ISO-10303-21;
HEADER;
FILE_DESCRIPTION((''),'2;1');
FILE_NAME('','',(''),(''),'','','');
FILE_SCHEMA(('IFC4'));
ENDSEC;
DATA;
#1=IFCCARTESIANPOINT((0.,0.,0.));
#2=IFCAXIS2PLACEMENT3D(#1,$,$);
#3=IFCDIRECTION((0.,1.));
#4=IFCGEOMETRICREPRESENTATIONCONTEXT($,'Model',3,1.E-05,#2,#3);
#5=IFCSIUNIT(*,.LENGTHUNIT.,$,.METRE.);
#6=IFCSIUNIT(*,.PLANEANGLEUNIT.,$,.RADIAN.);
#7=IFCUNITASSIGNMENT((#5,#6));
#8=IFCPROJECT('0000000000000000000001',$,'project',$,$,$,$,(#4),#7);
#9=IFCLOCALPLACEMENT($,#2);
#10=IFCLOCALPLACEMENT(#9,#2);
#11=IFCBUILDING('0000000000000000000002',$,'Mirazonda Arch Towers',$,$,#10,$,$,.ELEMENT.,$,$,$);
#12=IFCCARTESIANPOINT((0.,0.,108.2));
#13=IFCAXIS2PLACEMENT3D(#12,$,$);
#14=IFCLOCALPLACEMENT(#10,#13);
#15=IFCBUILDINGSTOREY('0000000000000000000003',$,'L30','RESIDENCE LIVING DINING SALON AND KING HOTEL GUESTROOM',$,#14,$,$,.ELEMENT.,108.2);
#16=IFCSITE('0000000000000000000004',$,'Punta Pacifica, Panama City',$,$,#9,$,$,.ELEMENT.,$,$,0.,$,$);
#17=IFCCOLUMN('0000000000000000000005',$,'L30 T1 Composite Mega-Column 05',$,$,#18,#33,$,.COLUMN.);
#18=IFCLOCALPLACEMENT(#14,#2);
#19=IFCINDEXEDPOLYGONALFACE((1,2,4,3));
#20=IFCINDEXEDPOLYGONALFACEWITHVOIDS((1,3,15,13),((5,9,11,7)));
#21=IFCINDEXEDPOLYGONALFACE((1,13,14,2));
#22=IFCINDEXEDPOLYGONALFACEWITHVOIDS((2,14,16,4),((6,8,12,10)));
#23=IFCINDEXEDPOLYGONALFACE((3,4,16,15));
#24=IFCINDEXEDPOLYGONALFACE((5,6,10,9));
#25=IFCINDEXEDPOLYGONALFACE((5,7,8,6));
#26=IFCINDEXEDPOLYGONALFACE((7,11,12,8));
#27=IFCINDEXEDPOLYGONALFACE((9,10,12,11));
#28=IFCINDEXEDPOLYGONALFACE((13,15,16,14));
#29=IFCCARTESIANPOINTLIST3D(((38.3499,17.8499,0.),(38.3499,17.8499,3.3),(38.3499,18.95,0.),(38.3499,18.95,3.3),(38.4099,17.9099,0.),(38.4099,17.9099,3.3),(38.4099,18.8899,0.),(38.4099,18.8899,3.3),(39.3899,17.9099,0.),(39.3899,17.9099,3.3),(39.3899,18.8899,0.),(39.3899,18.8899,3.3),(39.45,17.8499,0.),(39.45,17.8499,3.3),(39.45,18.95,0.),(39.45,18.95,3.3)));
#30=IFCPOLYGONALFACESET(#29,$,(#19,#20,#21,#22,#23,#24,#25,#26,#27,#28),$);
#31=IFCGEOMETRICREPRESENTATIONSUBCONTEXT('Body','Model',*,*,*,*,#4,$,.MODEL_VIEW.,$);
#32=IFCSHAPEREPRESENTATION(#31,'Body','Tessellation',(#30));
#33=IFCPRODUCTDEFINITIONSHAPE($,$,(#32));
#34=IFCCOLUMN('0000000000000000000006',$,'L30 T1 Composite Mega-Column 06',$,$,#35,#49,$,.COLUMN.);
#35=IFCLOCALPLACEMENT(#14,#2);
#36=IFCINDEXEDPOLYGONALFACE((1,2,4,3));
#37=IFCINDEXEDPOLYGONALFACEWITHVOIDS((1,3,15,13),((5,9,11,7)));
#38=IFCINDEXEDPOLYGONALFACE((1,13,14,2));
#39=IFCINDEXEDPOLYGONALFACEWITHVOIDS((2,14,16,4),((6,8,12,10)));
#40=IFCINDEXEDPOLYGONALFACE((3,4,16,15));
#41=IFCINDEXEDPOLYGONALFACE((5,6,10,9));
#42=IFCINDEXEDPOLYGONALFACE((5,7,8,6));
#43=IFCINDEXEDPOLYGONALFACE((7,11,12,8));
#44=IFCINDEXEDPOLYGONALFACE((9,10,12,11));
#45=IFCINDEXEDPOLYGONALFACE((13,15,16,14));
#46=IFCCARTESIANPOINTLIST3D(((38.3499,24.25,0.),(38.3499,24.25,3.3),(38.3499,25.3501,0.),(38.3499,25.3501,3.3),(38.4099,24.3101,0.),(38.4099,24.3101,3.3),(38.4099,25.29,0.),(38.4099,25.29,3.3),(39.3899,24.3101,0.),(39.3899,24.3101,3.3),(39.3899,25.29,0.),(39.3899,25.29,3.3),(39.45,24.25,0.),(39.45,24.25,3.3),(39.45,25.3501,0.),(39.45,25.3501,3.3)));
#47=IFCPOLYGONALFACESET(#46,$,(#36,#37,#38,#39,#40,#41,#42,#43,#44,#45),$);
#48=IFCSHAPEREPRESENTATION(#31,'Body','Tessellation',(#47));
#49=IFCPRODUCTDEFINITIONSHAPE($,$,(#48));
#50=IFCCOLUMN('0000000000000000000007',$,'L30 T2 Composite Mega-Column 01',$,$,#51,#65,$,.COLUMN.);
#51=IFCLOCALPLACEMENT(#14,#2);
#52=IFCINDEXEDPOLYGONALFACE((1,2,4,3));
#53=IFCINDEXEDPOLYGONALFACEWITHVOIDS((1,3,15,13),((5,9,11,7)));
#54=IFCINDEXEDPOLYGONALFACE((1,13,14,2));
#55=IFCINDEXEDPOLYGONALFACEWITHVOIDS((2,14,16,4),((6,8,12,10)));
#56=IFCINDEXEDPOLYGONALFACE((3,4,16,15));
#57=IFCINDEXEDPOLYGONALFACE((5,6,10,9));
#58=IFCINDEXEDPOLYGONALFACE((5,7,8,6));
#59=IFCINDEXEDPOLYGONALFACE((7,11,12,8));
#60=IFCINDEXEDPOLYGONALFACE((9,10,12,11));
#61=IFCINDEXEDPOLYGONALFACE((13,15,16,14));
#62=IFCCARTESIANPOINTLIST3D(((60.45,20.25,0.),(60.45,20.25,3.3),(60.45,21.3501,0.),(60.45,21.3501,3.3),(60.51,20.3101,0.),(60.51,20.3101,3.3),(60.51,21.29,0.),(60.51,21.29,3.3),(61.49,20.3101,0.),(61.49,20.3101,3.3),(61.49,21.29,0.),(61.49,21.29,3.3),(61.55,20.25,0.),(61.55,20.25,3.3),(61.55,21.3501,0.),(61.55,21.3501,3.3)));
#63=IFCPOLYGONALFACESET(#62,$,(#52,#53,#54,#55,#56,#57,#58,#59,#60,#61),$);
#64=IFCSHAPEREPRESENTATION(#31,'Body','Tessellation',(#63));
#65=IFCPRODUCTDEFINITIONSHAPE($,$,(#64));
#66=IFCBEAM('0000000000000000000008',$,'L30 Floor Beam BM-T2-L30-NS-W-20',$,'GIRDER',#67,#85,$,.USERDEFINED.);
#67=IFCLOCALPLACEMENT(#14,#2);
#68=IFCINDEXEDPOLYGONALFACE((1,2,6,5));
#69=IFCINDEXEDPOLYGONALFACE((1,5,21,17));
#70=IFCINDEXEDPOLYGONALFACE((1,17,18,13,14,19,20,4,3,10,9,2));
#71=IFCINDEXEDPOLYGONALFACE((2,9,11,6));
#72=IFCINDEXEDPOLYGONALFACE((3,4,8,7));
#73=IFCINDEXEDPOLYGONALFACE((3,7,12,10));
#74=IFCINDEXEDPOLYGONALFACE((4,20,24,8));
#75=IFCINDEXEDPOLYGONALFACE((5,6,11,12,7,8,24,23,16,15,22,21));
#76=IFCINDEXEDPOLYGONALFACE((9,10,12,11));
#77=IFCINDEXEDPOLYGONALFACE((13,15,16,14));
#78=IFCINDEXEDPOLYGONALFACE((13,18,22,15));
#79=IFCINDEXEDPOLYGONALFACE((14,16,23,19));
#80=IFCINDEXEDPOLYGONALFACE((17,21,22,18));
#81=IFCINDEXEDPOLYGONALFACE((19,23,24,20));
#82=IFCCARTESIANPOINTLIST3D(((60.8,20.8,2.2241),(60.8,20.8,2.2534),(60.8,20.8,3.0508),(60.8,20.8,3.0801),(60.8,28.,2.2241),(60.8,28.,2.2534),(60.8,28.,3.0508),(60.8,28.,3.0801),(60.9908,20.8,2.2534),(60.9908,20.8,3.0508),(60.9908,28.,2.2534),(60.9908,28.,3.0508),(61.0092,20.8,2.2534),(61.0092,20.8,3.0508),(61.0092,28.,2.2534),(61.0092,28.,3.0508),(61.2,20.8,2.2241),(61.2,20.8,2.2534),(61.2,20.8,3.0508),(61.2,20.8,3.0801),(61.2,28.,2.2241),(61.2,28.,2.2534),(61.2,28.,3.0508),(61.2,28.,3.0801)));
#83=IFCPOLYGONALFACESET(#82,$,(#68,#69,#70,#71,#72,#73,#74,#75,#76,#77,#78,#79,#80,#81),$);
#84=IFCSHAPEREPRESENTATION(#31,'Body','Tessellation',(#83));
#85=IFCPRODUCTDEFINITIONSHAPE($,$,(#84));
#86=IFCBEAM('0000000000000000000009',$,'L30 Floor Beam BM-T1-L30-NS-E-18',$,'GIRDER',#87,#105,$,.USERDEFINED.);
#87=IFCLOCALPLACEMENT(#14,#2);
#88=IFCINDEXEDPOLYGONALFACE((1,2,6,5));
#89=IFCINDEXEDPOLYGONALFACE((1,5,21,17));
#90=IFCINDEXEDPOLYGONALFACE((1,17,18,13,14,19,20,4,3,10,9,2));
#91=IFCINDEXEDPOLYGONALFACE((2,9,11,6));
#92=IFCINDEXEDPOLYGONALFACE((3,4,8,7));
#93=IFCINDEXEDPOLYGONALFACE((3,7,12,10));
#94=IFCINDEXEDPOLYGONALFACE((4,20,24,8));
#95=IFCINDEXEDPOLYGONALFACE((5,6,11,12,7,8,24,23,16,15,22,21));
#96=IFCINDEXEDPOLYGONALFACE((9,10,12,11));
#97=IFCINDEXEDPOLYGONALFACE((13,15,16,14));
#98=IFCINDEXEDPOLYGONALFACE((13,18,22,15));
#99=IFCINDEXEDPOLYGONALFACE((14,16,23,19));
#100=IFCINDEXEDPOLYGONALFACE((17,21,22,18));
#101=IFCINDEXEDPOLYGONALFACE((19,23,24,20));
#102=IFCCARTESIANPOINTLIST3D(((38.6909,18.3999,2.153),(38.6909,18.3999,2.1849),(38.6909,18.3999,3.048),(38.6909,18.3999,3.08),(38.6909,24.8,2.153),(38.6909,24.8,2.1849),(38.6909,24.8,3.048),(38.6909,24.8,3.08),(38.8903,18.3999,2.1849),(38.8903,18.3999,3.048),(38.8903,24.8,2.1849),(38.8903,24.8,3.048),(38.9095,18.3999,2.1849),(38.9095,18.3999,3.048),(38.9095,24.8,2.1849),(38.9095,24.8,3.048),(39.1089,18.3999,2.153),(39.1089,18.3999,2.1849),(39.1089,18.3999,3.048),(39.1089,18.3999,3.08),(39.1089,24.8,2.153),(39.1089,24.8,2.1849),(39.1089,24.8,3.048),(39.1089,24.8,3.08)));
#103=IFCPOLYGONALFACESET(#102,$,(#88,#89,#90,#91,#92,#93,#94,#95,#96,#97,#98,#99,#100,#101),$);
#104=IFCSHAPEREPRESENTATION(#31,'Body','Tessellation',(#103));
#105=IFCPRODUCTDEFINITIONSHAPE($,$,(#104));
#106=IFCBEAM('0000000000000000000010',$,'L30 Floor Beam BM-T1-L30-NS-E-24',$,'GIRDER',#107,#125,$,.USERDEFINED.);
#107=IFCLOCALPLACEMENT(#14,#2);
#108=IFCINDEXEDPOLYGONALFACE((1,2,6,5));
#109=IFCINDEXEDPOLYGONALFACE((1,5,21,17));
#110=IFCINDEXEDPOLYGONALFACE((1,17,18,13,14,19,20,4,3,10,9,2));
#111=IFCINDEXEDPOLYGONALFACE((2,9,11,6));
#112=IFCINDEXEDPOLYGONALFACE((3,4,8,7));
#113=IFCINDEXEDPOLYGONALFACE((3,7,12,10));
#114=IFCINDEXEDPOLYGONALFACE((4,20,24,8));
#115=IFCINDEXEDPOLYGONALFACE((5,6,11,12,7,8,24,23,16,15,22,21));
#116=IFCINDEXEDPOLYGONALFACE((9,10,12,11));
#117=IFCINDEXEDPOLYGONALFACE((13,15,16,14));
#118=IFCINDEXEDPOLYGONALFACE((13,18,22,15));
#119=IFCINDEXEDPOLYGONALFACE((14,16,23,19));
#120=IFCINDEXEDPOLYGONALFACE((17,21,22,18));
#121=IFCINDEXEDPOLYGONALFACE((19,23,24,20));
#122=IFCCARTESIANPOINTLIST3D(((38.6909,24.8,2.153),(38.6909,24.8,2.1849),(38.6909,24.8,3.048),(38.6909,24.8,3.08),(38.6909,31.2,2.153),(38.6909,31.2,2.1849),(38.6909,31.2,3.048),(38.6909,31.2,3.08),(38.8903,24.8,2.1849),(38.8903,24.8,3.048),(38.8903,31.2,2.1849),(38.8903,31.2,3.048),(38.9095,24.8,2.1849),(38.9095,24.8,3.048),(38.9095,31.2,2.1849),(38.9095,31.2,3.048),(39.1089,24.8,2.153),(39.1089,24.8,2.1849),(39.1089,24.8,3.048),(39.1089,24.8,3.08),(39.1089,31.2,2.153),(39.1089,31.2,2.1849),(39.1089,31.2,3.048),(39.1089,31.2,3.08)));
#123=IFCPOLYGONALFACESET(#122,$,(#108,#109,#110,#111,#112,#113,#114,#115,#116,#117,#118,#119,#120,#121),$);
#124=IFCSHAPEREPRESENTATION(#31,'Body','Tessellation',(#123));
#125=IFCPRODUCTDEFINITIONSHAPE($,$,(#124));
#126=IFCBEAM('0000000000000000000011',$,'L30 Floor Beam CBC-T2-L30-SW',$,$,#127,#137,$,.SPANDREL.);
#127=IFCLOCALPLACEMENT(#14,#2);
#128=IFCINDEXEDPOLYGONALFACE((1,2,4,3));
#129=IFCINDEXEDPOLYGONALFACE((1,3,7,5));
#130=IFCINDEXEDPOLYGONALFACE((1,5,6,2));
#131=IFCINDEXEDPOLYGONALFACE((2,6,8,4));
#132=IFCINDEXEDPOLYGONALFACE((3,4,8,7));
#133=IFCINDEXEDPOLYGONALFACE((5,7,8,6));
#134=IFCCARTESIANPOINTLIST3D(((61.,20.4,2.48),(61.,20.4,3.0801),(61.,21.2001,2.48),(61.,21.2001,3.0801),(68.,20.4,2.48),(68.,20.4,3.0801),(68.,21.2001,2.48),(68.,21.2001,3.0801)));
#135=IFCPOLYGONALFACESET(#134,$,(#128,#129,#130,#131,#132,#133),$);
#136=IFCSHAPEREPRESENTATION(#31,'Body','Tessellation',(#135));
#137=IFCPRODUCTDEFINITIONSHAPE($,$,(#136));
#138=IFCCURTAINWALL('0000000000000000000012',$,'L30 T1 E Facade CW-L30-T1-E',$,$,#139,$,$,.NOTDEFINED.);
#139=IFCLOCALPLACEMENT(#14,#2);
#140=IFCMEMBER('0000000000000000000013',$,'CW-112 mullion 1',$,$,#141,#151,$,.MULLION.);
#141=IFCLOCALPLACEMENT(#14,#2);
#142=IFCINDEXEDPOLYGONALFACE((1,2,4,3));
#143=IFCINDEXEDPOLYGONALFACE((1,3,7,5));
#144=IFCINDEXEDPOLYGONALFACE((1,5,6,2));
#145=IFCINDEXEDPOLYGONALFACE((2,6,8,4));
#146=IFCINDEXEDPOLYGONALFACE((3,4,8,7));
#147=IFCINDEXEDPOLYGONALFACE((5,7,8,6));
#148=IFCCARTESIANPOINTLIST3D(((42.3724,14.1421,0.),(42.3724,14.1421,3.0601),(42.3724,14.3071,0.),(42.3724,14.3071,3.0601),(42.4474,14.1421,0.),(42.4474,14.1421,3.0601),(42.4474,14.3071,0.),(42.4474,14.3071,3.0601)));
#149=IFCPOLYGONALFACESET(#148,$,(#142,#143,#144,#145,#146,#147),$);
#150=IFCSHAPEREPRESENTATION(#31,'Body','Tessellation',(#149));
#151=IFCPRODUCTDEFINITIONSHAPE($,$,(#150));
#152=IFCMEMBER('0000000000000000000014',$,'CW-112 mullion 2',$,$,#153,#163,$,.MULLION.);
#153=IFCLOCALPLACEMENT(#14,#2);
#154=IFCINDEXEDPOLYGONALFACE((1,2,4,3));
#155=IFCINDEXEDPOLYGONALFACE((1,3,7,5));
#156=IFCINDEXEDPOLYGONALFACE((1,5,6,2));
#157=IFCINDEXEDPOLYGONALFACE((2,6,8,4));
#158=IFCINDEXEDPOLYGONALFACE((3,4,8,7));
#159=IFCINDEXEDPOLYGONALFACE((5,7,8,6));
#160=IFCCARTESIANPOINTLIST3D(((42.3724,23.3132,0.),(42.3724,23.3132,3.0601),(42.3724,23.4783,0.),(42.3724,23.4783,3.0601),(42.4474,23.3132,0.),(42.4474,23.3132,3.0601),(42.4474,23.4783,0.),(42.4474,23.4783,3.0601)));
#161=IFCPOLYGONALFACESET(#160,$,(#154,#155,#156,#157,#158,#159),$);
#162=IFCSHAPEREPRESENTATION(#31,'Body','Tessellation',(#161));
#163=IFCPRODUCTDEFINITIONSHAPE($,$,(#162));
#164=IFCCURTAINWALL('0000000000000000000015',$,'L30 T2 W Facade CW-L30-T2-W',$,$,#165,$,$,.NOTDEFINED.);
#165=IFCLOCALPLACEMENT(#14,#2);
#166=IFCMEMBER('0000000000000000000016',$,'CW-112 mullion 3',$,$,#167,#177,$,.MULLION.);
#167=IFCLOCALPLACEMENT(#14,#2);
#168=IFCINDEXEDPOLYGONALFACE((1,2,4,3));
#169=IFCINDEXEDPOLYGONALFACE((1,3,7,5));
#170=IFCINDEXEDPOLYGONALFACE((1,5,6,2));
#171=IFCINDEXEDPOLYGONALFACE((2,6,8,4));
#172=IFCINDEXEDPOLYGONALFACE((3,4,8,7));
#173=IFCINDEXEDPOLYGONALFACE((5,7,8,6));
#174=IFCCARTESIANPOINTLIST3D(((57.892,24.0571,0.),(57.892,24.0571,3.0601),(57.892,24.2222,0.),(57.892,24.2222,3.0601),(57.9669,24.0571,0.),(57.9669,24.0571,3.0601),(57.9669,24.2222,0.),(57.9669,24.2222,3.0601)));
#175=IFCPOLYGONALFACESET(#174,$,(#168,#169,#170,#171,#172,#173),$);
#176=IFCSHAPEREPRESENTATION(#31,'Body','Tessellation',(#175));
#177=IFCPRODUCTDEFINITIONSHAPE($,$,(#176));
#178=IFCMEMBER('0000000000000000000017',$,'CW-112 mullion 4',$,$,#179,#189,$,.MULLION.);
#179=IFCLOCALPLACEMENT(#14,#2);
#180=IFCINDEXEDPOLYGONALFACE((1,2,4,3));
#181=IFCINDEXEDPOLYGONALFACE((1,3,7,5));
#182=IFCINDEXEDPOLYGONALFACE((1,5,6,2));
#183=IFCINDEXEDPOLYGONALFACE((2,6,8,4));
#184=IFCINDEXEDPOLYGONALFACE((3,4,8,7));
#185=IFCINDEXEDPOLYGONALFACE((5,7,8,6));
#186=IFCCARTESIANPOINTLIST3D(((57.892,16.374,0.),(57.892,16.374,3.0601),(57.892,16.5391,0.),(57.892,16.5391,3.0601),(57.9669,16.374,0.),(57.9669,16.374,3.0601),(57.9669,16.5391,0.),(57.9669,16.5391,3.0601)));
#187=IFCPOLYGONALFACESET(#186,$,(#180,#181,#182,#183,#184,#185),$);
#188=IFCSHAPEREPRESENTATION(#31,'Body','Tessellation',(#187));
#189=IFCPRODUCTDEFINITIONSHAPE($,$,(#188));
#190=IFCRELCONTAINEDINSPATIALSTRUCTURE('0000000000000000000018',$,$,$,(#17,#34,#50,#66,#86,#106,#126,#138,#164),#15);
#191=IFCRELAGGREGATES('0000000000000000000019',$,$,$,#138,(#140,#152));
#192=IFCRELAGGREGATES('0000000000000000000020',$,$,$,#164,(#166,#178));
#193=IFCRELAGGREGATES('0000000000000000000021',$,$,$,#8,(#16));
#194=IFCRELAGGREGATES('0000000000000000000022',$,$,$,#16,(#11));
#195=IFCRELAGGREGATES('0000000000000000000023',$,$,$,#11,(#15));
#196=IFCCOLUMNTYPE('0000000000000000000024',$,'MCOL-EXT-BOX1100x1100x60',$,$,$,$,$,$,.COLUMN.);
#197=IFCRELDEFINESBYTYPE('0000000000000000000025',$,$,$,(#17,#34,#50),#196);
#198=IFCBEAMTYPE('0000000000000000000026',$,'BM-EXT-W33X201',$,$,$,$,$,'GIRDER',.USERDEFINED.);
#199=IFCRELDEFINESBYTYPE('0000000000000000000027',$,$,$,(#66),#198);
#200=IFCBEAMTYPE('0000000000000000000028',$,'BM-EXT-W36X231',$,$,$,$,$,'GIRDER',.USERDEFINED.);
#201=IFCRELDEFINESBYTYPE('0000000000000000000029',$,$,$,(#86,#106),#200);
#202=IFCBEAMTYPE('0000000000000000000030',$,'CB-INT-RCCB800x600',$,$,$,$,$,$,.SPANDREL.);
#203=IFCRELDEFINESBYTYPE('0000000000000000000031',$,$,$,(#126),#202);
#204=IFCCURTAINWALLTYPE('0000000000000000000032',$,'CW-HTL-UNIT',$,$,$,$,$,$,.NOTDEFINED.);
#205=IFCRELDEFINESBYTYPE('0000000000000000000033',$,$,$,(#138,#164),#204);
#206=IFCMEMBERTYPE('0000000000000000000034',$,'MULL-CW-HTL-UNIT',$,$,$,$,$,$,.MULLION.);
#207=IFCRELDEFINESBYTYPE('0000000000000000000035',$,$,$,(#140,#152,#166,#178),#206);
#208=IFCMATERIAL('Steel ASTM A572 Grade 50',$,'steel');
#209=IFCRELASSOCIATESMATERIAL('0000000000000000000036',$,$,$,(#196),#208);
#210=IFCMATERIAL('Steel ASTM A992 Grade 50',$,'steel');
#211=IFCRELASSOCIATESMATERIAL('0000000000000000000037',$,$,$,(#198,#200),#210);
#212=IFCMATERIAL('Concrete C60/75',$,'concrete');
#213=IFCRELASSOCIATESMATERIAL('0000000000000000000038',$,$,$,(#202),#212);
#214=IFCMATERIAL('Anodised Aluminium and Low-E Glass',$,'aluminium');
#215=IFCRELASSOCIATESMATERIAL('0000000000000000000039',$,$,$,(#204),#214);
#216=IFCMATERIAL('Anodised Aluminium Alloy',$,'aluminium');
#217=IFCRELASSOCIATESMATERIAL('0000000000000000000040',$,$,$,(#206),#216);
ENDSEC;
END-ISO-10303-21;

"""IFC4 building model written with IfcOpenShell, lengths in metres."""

from ifc_helpers import new_model, si_unit, direction, frame, origin, origin_2d, place, context, subcontext, project, spatial, rectangle, hollow_rectangle, i_section, extrude, material, material_profile, profile_set, type_object, element, aggregate, save


model = new_model("IFC4")

# Units and contexts
model_context = context("Model", 3, precision=1e-05, world=origin(), true_north=direction((0.0, 1.0)))
body_context = subcontext(model_context, "Body", "Model", "MODEL_VIEW")
ifc_project = project(units=[si_unit("LENGTHUNIT", "METRE"), si_unit("PLANEANGLEUNIT", "RADIAN")], contexts=[model_context])

# Site, building, storey
site_placement = place(None, origin())
site = spatial("IfcSite", under=ifc_project, at=site_placement, Name="Punta Pacifica, Panama City", CompositionType="ELEMENT", RefElevation=0.0)
building_placement = place(site_placement, origin())
building = spatial("IfcBuilding", under=site, at=building_placement, Name="Mirazonda Arch Towers", CompositionType="ELEMENT")
storey_placement = place(building_placement, frame((0.0, 0.0, 108.2)))
storey = spatial("IfcBuildingStorey", under=building, at=storey_placement, Name="L30", Description="RESIDENCE LIVING DINING SALON AND KING HOTEL GUESTROOM", CompositionType="ELEMENT", Elevation=108.2)

# Columns
ifc_material_1 = material(Name="Steel ASTM A572 Grade 50", Category="steel")
ifc_material_profile_1 = material_profile(ifc_material_1, hollow_rectangle(XDim=1.1001, YDim=1.1001, WallThickness=0.0601, at=origin_2d()), Name="BOX1100x1100x60")
ifc_profile_set_1 = profile_set([ifc_material_profile_1], Name="Steel ASTM A572 Grade 50")
column_type = type_object("IfcColumnType", Name="MCOL-EXT-BOX1100x1100x60", PredefinedType="COLUMN", material=ifc_profile_set_1)
for number, where, z_axis, x_axis, name in (
    (1, (38.8999, 18.3999, 0.0), (0.0, 0.0, 1.0), (1.0, 0.0, 0.0), "L30 T1 Composite Mega-Column 05"),
    (2, (38.8999, 24.8, 0.0), (0.0, 0.0, 1.0), (1.0, 0.0, 0.0), "L30 T1 Composite Mega-Column 06"),
    (3, (61.0, 20.8, 0.0), (0.0, 0.0, 1.0), (1.0, 0.0, 0.0), "L30 T2 Composite Mega-Column 01"),
):
    element("IfcColumn", number, at=place(storey_placement, frame(where, z_axis=z_axis, x_axis=x_axis)), inside=storey, type_object=column_type, Name=name, PredefinedType="COLUMN", context=body_context, shape_type="SweptSolid", body=[
        extrude(hollow_rectangle(XDim=1.1001, YDim=1.1001, WallThickness=0.0601, at=origin_2d()), origin(), (0.0, 0.0, 1.0), 3.3),
    ])

# Beams
ifc_material_2 = material(Name="Steel ASTM A992 Grade 50", Category="steel")
ifc_material_profile_2 = material_profile(ifc_material_2, i_section(OverallWidth=0.3999, OverallDepth=0.856, WebThickness=0.0183, FlangeThickness=0.0293, at=origin_2d()), Name="W33X201")
ifc_profile_set_2 = profile_set([ifc_material_profile_2], Name="Steel ASTM A992 Grade 50")
beam_type_1 = type_object("IfcBeamType", Name="BM-EXT-W33X201", ElementType="GIRDER", PredefinedType="USERDEFINED", material=ifc_profile_set_2)
beam_1_placement = place(storey_placement, frame((61.0, 20.8, 2.6521), z_axis=(0.0, 1.0, 0.0), x_axis=(-1.0, 0.0, 0.0)))
element("IfcBeam", 4, at=beam_1_placement, inside=storey, type_object=beam_type_1, Name="L30 Floor Beam BM-T2-L30-NS-W-20", ObjectType="GIRDER", PredefinedType="USERDEFINED", context=body_context, shape_type="SweptSolid", body=[
    extrude(i_section(OverallWidth=0.3999, OverallDepth=0.856, WebThickness=0.0183, FlangeThickness=0.0293, at=origin_2d()), origin(), (0.0, 0.0, 1.0), 7.2),
])
ifc_material_profile_3 = material_profile(ifc_material_2, i_section(OverallWidth=0.418, OverallDepth=0.927, WebThickness=0.0193, FlangeThickness=0.032, at=origin_2d()), Name="W36X231")
ifc_profile_set_3 = profile_set([ifc_material_profile_3], Name="Steel ASTM A992 Grade 50")
beam_type_2 = type_object("IfcBeamType", Name="BM-EXT-W36X231", ElementType="GIRDER", PredefinedType="USERDEFINED", material=ifc_profile_set_3)
beam_2_placement = place(storey_placement, frame((38.8999, 18.3999, 2.6165), z_axis=(0.0, 1.0, 0.0), x_axis=(-1.0, 0.0, 0.0)))
element("IfcBeam", 5, at=beam_2_placement, inside=storey, type_object=beam_type_2, Name="L30 Floor Beam BM-T1-L30-NS-E-18", ObjectType="GIRDER", PredefinedType="USERDEFINED", context=body_context, shape_type="SweptSolid", body=[
    extrude(i_section(OverallWidth=0.418, OverallDepth=0.927, WebThickness=0.0193, FlangeThickness=0.032, at=origin_2d()), origin(), (0.0, 0.0, 1.0), 6.4001),
])
beam_3_placement = place(storey_placement, frame((38.8999, 24.8, 2.6165), z_axis=(0.0, 1.0, 0.0), x_axis=(-1.0, 0.0, 0.0)))
element("IfcBeam", 6, at=beam_3_placement, inside=storey, type_object=beam_type_2, Name="L30 Floor Beam BM-T1-L30-NS-E-24", ObjectType="GIRDER", PredefinedType="USERDEFINED", context=body_context, shape_type="SweptSolid", body=[
    extrude(i_section(OverallWidth=0.418, OverallDepth=0.927, WebThickness=0.0193, FlangeThickness=0.032, at=origin_2d()), origin(), (0.0, 0.0, 1.0), 6.3999),
])
ifc_material_3 = material(Name="Concrete C60/75", Category="concrete")
ifc_material_profile_4 = material_profile(ifc_material_3, rectangle(XDim=0.8, YDim=0.6001, at=origin_2d()), Name="RCCB800x600")
ifc_profile_set_4 = profile_set([ifc_material_profile_4], Name="Concrete C60/75")
beam_type_3 = type_object("IfcBeamType", Name="CB-INT-RCCB800x600", PredefinedType="SPANDREL", material=ifc_profile_set_4)
beam_4_placement = place(storey_placement, frame((61.0, 20.8, 2.78), z_axis=(1.0, 0.0, 0.0), x_axis=(0.0, 1.0, 0.0)))
element("IfcBeam", 7, at=beam_4_placement, inside=storey, type_object=beam_type_3, Name="L30 Floor Beam CBC-T2-L30-SW", PredefinedType="SPANDREL", context=body_context, shape_type="SweptSolid", body=[
    extrude(rectangle(XDim=0.8, YDim=0.6001, at=origin_2d()), origin(), (0.0, 0.0, 1.0), 7.0),
])

# Curtain walls, members
ifc_material_4 = material(Name="Anodised Aluminium and Low-E Glass", Category="aluminium")
curtain_wall_type = type_object("IfcCurtainWallType", Name="CW-HTL-UNIT", PredefinedType="NOTDEFINED", material=ifc_material_4)
curtain_wall_1_placement = place(storey_placement, origin())
curtain_wall_1 = element("IfcCurtainWall", 8, at=curtain_wall_1_placement, inside=storey, type_object=curtain_wall_type, Name="L30 T1 E Facade CW-L30-T1-E", PredefinedType="NOTDEFINED")
ifc_material_5 = material(Name="Anodised Aluminium Alloy", Category="aluminium")
ifc_material_profile_5 = material_profile(ifc_material_5, rectangle(XDim=0.075, YDim=0.165, at=origin_2d()), Name="ALU-MULL-75x165")
ifc_profile_set_5 = profile_set([ifc_material_profile_5], Name="Anodised Aluminium Alloy")
member_type_1 = type_object("IfcMemberType", Name="MULL-CW-HTL-UNIT", PredefinedType="MULLION", material=ifc_profile_set_5)
member_1_placement = place(storey_placement, frame((42.4099, 14.2246, 0.0), z_axis=(0.0, 0.0, 1.0), x_axis=(-1.0, 0.0, 0.0)))
member_1 = element("IfcMember", 9, at=member_1_placement, type_object=member_type_1, Name="CW-112 mullion 1", PredefinedType="MULLION", context=body_context, shape_type="SweptSolid", body=[
    extrude(rectangle(XDim=0.075, YDim=0.165, at=origin_2d()), origin(), (0.0, 0.0, 1.0), 3.0601),
])
member_2_placement = place(storey_placement, frame((42.4099, 23.3958, 0.0), z_axis=(0.0, 0.0, 1.0), x_axis=(-1.0, 0.0, 0.0)))
member_2 = element("IfcMember", 10, at=member_2_placement, type_object=member_type_1, Name="CW-112 mullion 2", PredefinedType="MULLION", context=body_context, shape_type="SweptSolid", body=[
    extrude(rectangle(XDim=0.075, YDim=0.165, at=origin_2d()), origin(), (0.0, 0.0, 1.0), 3.0601),
])
curtain_wall_2_placement = place(storey_placement, origin())
curtain_wall_2 = element("IfcCurtainWall", 11, at=curtain_wall_2_placement, inside=storey, type_object=curtain_wall_type, Name="L30 T2 W Facade CW-L30-T2-W", PredefinedType="NOTDEFINED")
member_3_placement = place(storey_placement, frame((57.9294, 24.1396, 0.0), z_axis=(0.0, 0.0, 1.0), x_axis=(1.0, 0.0, 0.0)))
member_3 = element("IfcMember", 12, at=member_3_placement, type_object=member_type_1, Name="CW-112 mullion 3", PredefinedType="MULLION", context=body_context, shape_type="SweptSolid", body=[
    extrude(rectangle(XDim=0.075, YDim=0.165, at=origin_2d()), origin(), (0.0, 0.0, 1.0), 3.0601),
])
member_4_placement = place(storey_placement, frame((57.9294, 16.4565, 0.0), z_axis=(0.0, 0.0, 1.0), x_axis=(1.0, 0.0, 0.0)))
member_4 = element("IfcMember", 13, at=member_4_placement, type_object=member_type_1, Name="CW-112 mullion 4", PredefinedType="MULLION", context=body_context, shape_type="SweptSolid", body=[
    extrude(rectangle(XDim=0.075, YDim=0.165, at=origin_2d()), origin(), (0.0, 0.0, 1.0), 3.0601),
])

aggregate(curtain_wall_1, [member_1, member_2])
aggregate(curtain_wall_2, [member_3, member_4])

save(model, "model.ifc")
